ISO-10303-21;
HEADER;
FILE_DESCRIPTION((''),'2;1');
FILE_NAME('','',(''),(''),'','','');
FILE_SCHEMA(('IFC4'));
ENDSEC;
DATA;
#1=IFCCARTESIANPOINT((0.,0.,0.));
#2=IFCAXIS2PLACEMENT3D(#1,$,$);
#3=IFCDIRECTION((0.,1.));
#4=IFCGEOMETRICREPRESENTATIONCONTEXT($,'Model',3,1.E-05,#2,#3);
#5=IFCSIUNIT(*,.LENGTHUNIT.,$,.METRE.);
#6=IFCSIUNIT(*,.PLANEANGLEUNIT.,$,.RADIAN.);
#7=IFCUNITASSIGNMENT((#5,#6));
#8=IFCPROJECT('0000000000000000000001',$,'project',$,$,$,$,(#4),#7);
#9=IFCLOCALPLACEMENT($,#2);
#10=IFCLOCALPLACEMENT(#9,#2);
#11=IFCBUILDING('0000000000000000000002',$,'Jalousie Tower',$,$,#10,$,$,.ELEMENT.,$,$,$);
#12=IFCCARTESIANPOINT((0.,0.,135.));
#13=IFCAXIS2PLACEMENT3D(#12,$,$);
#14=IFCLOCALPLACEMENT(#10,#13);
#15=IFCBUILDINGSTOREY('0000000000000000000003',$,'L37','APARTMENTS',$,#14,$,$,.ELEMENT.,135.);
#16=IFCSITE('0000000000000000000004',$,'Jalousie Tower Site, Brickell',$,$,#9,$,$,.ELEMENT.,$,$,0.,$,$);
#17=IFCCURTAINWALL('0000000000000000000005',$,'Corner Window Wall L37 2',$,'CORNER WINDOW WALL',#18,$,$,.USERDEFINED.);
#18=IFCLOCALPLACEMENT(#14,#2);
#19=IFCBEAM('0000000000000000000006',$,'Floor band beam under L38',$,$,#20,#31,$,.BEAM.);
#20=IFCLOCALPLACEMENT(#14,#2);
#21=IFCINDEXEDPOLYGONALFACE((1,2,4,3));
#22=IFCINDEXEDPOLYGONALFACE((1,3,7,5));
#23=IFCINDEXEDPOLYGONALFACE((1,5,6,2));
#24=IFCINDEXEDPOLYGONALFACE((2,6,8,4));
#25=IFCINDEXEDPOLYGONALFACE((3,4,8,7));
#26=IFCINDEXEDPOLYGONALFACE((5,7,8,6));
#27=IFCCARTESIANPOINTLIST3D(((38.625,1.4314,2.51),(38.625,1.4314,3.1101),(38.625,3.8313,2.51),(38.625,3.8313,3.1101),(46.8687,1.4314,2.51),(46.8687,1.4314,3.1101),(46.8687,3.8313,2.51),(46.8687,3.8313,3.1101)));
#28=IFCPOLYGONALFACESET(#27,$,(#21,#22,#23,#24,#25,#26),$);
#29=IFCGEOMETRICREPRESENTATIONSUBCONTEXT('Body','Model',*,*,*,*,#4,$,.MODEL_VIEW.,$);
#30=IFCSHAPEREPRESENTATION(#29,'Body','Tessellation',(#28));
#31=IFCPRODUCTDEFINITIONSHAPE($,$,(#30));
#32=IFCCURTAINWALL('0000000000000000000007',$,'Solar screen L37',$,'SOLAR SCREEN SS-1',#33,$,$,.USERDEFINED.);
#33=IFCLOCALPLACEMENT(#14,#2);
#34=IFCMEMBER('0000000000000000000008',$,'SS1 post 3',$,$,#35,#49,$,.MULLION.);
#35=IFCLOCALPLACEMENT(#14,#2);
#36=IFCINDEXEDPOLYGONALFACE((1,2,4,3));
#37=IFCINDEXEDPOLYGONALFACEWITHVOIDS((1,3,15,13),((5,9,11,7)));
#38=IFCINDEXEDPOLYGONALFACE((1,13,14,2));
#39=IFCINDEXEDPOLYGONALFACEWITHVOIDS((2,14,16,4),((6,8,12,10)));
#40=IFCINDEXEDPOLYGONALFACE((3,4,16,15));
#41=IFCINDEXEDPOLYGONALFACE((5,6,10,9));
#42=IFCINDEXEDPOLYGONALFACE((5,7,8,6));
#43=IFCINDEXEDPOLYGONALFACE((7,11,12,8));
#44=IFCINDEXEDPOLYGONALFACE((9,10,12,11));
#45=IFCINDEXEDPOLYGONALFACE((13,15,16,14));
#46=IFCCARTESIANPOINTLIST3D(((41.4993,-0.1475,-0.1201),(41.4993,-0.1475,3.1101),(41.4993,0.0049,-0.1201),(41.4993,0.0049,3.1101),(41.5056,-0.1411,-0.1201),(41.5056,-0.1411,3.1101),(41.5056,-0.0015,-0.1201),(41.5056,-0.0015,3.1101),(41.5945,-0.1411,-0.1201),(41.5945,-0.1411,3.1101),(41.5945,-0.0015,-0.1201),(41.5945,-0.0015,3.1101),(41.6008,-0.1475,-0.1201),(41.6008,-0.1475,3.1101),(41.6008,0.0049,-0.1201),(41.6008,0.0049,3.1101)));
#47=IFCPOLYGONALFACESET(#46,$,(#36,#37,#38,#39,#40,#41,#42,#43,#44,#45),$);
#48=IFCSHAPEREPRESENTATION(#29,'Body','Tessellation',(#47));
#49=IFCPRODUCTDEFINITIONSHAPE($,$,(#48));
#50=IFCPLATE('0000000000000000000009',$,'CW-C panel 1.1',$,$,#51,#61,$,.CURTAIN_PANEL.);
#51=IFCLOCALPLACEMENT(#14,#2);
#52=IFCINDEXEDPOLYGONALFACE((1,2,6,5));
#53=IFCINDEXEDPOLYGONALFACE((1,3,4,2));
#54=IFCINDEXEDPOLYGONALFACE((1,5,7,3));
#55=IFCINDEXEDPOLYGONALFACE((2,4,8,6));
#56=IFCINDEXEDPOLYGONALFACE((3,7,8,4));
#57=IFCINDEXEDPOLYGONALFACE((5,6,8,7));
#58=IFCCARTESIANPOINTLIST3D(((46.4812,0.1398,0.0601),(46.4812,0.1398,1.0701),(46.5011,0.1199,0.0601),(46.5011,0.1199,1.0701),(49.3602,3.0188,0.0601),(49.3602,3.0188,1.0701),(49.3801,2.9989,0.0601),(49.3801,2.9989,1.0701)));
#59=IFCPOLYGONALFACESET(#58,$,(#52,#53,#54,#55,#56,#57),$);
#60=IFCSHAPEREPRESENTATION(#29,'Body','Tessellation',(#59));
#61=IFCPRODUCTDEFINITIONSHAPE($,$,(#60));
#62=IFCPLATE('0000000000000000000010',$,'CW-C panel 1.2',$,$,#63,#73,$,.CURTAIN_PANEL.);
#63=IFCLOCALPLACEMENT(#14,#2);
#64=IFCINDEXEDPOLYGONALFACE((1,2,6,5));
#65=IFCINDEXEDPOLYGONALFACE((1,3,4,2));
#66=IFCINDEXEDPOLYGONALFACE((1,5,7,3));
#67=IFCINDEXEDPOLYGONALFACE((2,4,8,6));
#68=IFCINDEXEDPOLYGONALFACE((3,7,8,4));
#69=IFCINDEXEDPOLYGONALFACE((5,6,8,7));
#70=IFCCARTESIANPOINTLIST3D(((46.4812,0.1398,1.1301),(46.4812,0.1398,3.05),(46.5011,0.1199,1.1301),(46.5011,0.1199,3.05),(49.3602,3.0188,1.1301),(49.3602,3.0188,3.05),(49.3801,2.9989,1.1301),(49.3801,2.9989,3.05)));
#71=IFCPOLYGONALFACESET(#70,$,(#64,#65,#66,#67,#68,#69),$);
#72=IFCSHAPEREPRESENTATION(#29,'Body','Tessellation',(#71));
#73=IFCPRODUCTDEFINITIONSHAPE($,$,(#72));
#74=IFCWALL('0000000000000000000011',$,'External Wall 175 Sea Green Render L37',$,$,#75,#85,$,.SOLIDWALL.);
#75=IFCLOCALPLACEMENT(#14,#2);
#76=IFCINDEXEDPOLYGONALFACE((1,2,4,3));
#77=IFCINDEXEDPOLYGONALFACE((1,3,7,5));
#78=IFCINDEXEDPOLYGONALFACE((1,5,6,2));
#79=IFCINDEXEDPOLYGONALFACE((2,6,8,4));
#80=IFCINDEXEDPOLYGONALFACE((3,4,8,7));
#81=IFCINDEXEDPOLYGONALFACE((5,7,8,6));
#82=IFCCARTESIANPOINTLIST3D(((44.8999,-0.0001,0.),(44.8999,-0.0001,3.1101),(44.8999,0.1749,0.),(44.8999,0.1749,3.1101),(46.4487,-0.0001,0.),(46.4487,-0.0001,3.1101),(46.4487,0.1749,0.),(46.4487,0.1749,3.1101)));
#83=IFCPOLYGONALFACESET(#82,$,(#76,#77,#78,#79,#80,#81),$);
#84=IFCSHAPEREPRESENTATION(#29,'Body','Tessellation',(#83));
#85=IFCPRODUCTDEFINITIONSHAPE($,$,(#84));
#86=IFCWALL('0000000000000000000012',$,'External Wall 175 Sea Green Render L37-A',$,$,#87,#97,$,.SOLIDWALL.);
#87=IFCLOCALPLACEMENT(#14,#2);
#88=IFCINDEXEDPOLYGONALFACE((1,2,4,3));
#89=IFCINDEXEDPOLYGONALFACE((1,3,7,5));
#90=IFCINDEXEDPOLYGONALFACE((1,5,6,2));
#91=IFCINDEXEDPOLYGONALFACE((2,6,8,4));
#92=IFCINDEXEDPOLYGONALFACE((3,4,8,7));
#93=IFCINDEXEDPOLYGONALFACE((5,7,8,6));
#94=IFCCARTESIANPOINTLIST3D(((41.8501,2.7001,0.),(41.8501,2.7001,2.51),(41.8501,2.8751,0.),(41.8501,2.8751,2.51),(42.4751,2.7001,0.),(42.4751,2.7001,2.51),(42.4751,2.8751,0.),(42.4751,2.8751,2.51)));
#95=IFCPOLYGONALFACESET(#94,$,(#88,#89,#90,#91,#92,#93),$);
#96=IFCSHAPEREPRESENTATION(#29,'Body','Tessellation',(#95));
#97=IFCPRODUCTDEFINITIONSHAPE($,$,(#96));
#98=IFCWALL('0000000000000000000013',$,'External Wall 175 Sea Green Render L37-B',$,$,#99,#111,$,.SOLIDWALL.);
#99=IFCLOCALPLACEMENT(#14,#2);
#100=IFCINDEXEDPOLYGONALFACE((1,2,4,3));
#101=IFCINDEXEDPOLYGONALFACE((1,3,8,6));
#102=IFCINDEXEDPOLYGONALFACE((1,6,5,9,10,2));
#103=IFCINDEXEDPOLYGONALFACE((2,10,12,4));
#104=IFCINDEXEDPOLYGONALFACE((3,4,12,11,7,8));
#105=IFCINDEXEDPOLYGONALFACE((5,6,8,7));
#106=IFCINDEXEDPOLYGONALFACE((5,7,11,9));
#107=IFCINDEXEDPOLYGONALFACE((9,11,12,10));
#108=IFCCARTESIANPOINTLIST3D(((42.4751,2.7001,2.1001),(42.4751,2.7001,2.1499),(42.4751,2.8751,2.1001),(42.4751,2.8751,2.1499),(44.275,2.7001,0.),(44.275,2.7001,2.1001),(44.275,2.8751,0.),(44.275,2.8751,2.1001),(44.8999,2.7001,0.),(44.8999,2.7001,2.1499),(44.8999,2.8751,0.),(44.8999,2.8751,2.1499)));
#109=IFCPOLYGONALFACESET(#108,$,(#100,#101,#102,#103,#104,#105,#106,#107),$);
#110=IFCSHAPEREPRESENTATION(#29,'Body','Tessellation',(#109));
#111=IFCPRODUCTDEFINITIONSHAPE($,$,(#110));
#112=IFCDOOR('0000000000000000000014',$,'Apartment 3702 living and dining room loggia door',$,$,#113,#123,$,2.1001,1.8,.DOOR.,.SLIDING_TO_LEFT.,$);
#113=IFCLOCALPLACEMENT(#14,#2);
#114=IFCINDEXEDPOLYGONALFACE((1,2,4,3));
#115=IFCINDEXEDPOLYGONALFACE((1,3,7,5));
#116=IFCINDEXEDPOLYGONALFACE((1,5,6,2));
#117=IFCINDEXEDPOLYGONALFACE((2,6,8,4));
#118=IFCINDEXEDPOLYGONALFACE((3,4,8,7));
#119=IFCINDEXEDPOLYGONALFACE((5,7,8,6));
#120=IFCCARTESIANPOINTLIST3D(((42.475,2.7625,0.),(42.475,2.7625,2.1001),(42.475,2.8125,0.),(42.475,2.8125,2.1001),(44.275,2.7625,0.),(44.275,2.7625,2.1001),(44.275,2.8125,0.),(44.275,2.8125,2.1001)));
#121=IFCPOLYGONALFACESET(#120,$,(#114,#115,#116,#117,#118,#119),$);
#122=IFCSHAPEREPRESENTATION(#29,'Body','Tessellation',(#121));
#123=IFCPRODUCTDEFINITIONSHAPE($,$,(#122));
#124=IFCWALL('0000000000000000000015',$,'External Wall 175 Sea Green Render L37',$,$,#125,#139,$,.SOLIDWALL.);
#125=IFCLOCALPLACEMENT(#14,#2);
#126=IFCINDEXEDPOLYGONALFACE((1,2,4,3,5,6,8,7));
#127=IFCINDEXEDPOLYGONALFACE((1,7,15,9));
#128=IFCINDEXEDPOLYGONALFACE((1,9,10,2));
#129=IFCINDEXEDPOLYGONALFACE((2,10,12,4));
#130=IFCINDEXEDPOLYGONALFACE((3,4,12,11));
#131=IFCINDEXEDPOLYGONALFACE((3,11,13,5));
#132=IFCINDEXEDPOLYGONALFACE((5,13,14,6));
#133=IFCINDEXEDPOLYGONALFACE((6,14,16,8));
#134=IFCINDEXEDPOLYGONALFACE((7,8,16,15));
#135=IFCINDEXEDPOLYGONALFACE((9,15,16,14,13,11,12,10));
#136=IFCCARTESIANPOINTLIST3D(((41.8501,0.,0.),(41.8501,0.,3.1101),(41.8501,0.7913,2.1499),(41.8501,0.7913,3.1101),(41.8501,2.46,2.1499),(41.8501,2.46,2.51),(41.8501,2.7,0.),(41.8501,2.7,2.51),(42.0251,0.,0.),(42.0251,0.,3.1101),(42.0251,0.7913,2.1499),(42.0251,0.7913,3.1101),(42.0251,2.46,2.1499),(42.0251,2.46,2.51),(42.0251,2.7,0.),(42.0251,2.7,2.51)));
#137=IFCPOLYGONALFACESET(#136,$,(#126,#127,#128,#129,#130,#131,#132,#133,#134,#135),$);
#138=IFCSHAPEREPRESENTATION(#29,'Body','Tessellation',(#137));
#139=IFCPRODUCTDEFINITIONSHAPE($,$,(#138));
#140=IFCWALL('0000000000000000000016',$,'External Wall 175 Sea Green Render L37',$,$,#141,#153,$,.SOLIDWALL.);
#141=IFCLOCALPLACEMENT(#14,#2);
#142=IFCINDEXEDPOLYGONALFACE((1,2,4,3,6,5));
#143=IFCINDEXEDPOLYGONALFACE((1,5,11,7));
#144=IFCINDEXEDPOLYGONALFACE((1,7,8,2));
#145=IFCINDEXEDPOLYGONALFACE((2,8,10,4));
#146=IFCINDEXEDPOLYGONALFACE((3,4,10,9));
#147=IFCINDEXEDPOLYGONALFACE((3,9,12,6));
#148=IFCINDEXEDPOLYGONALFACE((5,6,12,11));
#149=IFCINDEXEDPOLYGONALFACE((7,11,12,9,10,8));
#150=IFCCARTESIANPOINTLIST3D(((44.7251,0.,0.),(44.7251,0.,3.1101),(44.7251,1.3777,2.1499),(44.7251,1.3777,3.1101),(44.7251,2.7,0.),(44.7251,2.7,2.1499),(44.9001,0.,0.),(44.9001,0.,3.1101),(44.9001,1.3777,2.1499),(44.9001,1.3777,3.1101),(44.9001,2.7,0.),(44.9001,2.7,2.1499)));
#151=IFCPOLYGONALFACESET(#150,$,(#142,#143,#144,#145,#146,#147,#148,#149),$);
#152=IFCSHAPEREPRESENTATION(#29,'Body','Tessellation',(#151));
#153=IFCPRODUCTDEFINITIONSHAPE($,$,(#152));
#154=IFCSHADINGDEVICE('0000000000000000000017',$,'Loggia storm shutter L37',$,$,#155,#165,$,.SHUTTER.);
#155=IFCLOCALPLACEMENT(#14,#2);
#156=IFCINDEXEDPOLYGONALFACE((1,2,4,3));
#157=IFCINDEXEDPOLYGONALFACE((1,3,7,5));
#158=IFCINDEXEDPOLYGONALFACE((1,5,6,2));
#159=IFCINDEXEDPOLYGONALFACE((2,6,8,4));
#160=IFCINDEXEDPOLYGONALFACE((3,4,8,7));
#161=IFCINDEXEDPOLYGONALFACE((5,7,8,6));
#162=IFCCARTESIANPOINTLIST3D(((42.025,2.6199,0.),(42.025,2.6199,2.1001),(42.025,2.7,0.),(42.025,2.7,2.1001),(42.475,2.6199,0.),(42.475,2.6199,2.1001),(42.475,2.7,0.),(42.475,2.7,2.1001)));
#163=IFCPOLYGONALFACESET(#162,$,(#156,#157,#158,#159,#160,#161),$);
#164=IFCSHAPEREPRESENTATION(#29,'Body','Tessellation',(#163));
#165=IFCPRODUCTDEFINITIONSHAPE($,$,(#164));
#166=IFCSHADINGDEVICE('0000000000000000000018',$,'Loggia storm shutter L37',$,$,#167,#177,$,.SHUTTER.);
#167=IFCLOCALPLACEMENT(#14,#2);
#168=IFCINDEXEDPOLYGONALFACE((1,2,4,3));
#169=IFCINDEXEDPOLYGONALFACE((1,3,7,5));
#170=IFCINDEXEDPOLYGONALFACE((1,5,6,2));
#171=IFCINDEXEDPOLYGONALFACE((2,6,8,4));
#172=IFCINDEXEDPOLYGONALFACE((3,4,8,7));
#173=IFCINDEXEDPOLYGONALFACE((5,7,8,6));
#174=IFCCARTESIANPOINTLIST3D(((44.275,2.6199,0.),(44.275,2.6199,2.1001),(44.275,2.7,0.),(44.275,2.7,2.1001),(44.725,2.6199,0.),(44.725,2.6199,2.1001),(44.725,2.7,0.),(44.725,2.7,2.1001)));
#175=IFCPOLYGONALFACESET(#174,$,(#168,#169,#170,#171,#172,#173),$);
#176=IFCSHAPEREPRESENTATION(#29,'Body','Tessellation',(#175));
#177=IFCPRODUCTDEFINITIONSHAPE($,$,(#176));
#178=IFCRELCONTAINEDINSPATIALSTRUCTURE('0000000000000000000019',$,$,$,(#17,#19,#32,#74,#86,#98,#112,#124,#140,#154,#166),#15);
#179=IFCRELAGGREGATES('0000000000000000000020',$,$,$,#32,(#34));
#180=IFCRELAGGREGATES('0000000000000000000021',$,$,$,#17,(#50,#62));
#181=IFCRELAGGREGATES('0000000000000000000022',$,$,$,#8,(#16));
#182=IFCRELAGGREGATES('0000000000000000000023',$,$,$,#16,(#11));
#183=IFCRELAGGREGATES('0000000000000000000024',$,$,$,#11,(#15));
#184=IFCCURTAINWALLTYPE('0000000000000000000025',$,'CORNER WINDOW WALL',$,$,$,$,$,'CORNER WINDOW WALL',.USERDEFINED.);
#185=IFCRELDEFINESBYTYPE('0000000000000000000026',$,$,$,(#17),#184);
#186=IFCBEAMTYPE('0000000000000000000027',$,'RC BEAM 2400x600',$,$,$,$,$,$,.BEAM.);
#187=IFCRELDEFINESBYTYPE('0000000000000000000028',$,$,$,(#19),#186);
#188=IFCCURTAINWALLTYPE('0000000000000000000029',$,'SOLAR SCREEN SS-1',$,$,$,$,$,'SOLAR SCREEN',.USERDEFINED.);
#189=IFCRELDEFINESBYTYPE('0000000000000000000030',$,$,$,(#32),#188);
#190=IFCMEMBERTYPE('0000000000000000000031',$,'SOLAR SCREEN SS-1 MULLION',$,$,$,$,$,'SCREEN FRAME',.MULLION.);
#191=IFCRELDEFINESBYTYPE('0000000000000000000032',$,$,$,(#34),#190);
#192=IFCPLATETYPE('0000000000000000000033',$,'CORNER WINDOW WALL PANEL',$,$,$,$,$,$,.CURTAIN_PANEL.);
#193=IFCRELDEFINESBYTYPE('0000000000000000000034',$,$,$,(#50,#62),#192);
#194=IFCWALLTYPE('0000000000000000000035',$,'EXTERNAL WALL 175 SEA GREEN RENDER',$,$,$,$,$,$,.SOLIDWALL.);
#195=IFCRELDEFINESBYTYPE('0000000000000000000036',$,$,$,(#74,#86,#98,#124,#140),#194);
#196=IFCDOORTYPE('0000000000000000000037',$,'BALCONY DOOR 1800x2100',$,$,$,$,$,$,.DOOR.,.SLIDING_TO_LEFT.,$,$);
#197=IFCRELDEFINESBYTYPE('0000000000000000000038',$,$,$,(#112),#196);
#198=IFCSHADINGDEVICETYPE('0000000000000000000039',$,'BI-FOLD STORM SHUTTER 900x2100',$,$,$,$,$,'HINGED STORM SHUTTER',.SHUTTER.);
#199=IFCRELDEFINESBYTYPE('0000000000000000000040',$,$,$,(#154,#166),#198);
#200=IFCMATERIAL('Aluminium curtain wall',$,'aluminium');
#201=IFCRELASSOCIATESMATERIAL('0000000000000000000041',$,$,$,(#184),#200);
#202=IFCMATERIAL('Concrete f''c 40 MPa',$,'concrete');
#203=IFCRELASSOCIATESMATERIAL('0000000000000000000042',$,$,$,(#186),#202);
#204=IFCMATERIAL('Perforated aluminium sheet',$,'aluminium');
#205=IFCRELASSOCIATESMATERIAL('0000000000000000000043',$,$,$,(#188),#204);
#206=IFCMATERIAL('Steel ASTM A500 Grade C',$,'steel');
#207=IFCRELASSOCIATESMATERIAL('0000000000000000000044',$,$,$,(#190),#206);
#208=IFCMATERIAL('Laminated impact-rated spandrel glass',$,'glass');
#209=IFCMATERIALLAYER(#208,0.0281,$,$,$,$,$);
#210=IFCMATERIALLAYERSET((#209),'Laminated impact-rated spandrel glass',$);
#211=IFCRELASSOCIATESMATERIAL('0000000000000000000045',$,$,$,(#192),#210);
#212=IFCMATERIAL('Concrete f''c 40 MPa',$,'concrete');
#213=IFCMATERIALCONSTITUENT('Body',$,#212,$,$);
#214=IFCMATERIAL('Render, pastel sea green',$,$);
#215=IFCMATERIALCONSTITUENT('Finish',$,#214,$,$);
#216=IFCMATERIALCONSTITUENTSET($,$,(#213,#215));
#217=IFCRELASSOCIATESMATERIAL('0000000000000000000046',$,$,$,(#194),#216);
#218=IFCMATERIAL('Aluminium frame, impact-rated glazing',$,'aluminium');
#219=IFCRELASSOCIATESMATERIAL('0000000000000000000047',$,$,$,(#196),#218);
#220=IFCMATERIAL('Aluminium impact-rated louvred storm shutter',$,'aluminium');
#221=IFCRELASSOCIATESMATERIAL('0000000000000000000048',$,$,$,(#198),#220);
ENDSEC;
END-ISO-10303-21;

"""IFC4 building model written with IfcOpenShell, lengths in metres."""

from ifc_helpers import new_model, si_unit, direction, frame, frame_2d, origin, origin_2d, place, context, subcontext, project, spatial, polyline, rectangle, hollow_rectangle, outline, extrude, material, layer, layer_set, constituent, constituent_set, material_profile, profile_set, type_object, element, fill, aggregate, save


model = new_model("IFC4")

# Units and contexts
model_context = context("Model", 3, precision=1e-05, world=origin(), true_north=direction((0.0, 1.0)))
body_context = subcontext(model_context, "Body", "Model", "MODEL_VIEW")
ifc_project = project(units=[si_unit("LENGTHUNIT", "METRE"), si_unit("PLANEANGLEUNIT", "RADIAN")], contexts=[model_context])

# Site, building, storey
site_placement = place(None, origin())
site = spatial("IfcSite", under=ifc_project, at=site_placement, Name="Jalousie Tower Site, Brickell", CompositionType="ELEMENT", RefElevation=0.0)
building_placement = place(site_placement, origin())
building = spatial("IfcBuilding", under=site, at=building_placement, Name="Jalousie Tower", CompositionType="ELEMENT")
storey_placement = place(building_placement, frame((0.0, 0.0, 135.0)))
storey = spatial("IfcBuildingStorey", under=building, at=storey_placement, Name="L37", Description="APARTMENTS", CompositionType="ELEMENT", Elevation=135.0)

# Curtain wall
ifc_material_1 = material(Name="Aluminium curtain wall", Category="aluminium")
curtain_wall_type_1 = type_object("IfcCurtainWallType", Name="CORNER WINDOW WALL", ElementType="CORNER WINDOW WALL", PredefinedType="USERDEFINED", material=ifc_material_1)
curtain_wall_1_placement = place(storey_placement, origin())
curtain_wall_1 = element("IfcCurtainWall", 1, at=curtain_wall_1_placement, inside=storey, type_object=curtain_wall_type_1, Name="Corner Window Wall L37 2", ObjectType="CORNER WINDOW WALL", PredefinedType="USERDEFINED")

# Beam
ifc_material_2 = material(Name="Concrete f'c 40 MPa", Category="concrete")
ifc_material_profile_1 = material_profile(ifc_material_2, rectangle(XDim=2.3999, YDim=0.6001, at=origin_2d()), Name="RC 2400x600")
ifc_profile_set_1 = profile_set([ifc_material_profile_1], Name="Concrete f'c 40 MPa")
beam_type_1 = type_object("IfcBeamType", Name="RC BEAM 2400x600", PredefinedType="BEAM", material=ifc_profile_set_1)
beam_1_placement = place(storey_placement, frame((46.8687, 2.6313, 2.8101), z_axis=(-1.0, 0.0, 0.0), x_axis=(0.0, -1.0, 0.0)))
element("IfcBeam", 2, at=beam_1_placement, inside=storey, type_object=beam_type_1, Name="Floor band beam under L38", PredefinedType="BEAM", context=body_context, shape_type="SweptSolid", body=[
    extrude(rectangle(XDim=2.3999, YDim=0.6001, at=origin_2d()), origin(), (0.0, 0.0, 1.0), 8.2437),
])

# Curtain wall, member
ifc_material_3 = material(Name="Perforated aluminium sheet", Category="aluminium")
curtain_wall_type_2 = type_object("IfcCurtainWallType", Name="SOLAR SCREEN SS-1", ElementType="SOLAR SCREEN", PredefinedType="USERDEFINED", material=ifc_material_3)
curtain_wall_2_placement = place(storey_placement, origin())
curtain_wall_2 = element("IfcCurtainWall", 3, at=curtain_wall_2_placement, inside=storey, type_object=curtain_wall_type_2, Name="Solar screen L37", ObjectType="SOLAR SCREEN SS-1", PredefinedType="USERDEFINED")
ifc_material_4 = material(Name="Steel ASTM A500 Grade C", Category="steel")
ifc_material_profile_2 = material_profile(ifc_material_4, hollow_rectangle(XDim=0.1016, YDim=0.1523, WallThickness=0.0063, at=origin_2d()), Name="HSS6X4X1/4")
ifc_profile_set_2 = profile_set([ifc_material_profile_2], Name="Steel ASTM A500 Grade C")
member_type_1 = type_object("IfcMemberType", Name="SOLAR SCREEN SS-1 MULLION", ElementType="SCREEN FRAME", PredefinedType="MULLION", material=ifc_profile_set_2)
member_1_placement = place(storey_placement, frame((41.55, -0.0713, -0.1201), z_axis=(0.0, 0.0, 1.0), x_axis=(1.0, 0.0, 0.0)))
member_1 = element("IfcMember", 4, at=member_1_placement, type_object=member_type_1, Name="SS1 post 3", PredefinedType="MULLION", context=body_context, shape_type="SweptSolid", body=[
    extrude(hollow_rectangle(XDim=0.1016, YDim=0.1523, WallThickness=0.0063, at=origin_2d()), origin(), (0.0, 0.0, 1.0), 3.2302),
])
aggregate(curtain_wall_2, [member_1])

# Plates
ifc_material_5 = material(Name="Laminated impact-rated spandrel glass", Category="glass")
ifc_layer_1 = layer(ifc_material_5, 0.0281)
ifc_layer_set_1 = layer_set([ifc_layer_1], Name="Laminated impact-rated spandrel glass")
plate_type = type_object("IfcPlateType", Name="CORNER WINDOW WALL PANEL", PredefinedType="CURTAIN_PANEL", material=ifc_layer_set_1)
plate_1_placement = place(storey_placement, frame((47.9307, 1.5693, 0.0601), z_axis=(0.0, 0.0, 1.0), x_axis=(0.707107, 0.707107, 0.0)))
plate_1 = element("IfcPlate", 5, at=plate_1_placement, type_object=plate_type, Name="CW-C panel 1.1", PredefinedType="CURTAIN_PANEL", context=body_context, shape_type="SweptSolid", body=[
    extrude(rectangle(XDim=4.0715, YDim=0.0281, at=origin_2d()), origin(), (0.0, 0.0, 1.0), 1.01),
])
plate_2_placement = place(storey_placement, frame((47.9307, 1.5693, 1.1301), z_axis=(0.0, 0.0, 1.0), x_axis=(0.707107, 0.707107, 0.0)))
plate_2 = element("IfcPlate", 6, at=plate_2_placement, type_object=plate_type, Name="CW-C panel 1.2", PredefinedType="CURTAIN_PANEL", context=body_context, shape_type="SweptSolid", body=[
    extrude(rectangle(XDim=4.0715, YDim=0.0281, at=origin_2d()), origin(), (0.0, 0.0, 1.0), 1.9199),
])
aggregate(curtain_wall_1, [plate_1, plate_2])

# Walls
ifc_material_6 = material(Name="Concrete f'c 40 MPa", Category="concrete")
ifc_constituent_1 = constituent(ifc_material_6, Name="Body")
ifc_material_7 = material(Name="Render, pastel sea green")
ifc_constituent_2 = constituent(ifc_material_7, Name="Finish")
ifc_constituent_set = constituent_set(constituents=[ifc_constituent_1, ifc_constituent_2])
wall_type = type_object("IfcWallType", Name="EXTERNAL WALL 175 SEA GREEN RENDER", PredefinedType="SOLIDWALL", material=ifc_constituent_set)
wall_1_placement = place(storey_placement, frame((44.8999, 0.0874, 0.0), z_axis=(0.0, 0.0, 1.0), x_axis=(1.0, 0.0, 0.0)))
element("IfcWall", 7, at=wall_1_placement, inside=storey, type_object=wall_type, Name="External Wall 175 Sea Green Render L37", PredefinedType="SOLIDWALL", context=body_context, shape_type="SweptSolid", body=[
    extrude(rectangle(XDim=1.5488, YDim=0.175, at=frame_2d((0.7744, 0.0))), origin(), (0.0, 0.0, 1.0), 3.1101),
])
wall_2_placement = place(storey_placement, frame((41.8501, 2.7876, 0.0), z_axis=(0.0, 0.0, 1.0), x_axis=(1.0, 0.0, 0.0)))
element("IfcWall", 8, at=wall_2_placement, inside=storey, type_object=wall_type, Name="External Wall 175 Sea Green Render L37-A", PredefinedType="SOLIDWALL", context=body_context, shape_type="SweptSolid", body=[
    extrude(rectangle(XDim=0.625, YDim=0.175, at=frame_2d((0.3125, 0.0))), origin(), (0.0, 0.0, 1.0), 2.51),
])

# Wall, opening, door
wall_3_placement = place(storey_placement, frame((42.4751, 2.7876, 0.0), z_axis=(0.0, 0.0, 1.0), x_axis=(1.0, 0.0, 0.0)))
wall_3 = element("IfcWall", 9, at=wall_3_placement, inside=storey, type_object=wall_type, Name="External Wall 175 Sea Green Render L37-B", PredefinedType="SOLIDWALL", context=body_context, shape_type="SweptSolid", body=[
    extrude(rectangle(XDim=2.4248, YDim=0.175, at=frame_2d((1.2124, 0.0))), origin(), (0.0, 0.0, 1.0), 2.1499),
])
opening_placement = place(wall_3_placement, origin())
opening = element("IfcOpeningElement", 10, at=opening_placement, cuts=wall_3, PredefinedType="OPENING", context=body_context, shape_type="SweptSolid", body=[
    extrude(rectangle(XDim=1.8, YDim=2.1001, at=frame_2d((0.8999, 1.05))), frame((0.0, 0.0974, 0.0), z_axis=(0.0, -1.0, 0.0), x_axis=(1.0, 0.0, 0.0)), (0.0, 0.0, 1.0), 0.1951),
])
ifc_material_8 = material(Name="Aluminium frame, impact-rated glazing", Category="aluminium")
door_type = type_object("IfcDoorType", Name="BALCONY DOOR 1800x2100", OperationType="SLIDING_TO_LEFT", PredefinedType="DOOR", material=ifc_material_8)
door_placement = place(opening_placement, origin())
door = element("IfcDoor", 11, at=door_placement, inside=storey, type_object=door_type, Name="Apartment 3702 living and dining room loggia door", OperationType="SLIDING_TO_LEFT", OverallHeight=2.1001, OverallWidth=1.8, PredefinedType="DOOR", context=body_context, shape_type="SweptSolid", body=[
    extrude(rectangle(XDim=1.8, YDim=2.1001, at=frame_2d((0.8999, 1.05))), frame((0.0, 0.0249, 0.0), z_axis=(0.0, -1.0, 0.0), x_axis=(1.0, 0.0, 0.0)), (0.0, 0.0, 1.0), 0.05),
])
fill(opening, door)

# Walls
wall_4_placement = place(storey_placement, frame((41.9375, 0.0, 0.0), z_axis=(0.0, 0.0, 1.0), x_axis=(0.0, 1.0, 0.0)))
element("IfcWall", 12, at=wall_4_placement, inside=storey, type_object=wall_type, Name="External Wall 175 Sea Green Render L37", PredefinedType="SOLIDWALL", context=body_context, shape_type="SweptSolid", body=[
    extrude(outline(polyline([(0.0, 0.0), (2.7, 0.0), (2.7, 2.51), (2.46, 2.51), (2.46, 2.1499), (0.7913, 2.1499), (0.7913, 3.1101), (0.0, 3.1101), (0.0, 0.0)])), frame((0.0, 0.0874, 0.0), z_axis=(0.0, -1.0, 0.0), x_axis=(1.0, 0.0, 0.0)), (0.0, 0.0, 1.0), 0.175),
])
wall_5_placement = place(storey_placement, frame((44.8125, 0.0, 0.0), z_axis=(0.0, 0.0, 1.0), x_axis=(0.0, 1.0, 0.0)))
element("IfcWall", 13, at=wall_5_placement, inside=storey, type_object=wall_type, Name="External Wall 175 Sea Green Render L37", PredefinedType="SOLIDWALL", context=body_context, shape_type="SweptSolid", body=[
    extrude(outline(polyline([(0.0, 0.0), (2.7, 0.0), (2.7, 2.1499), (1.3777, 2.1499), (1.3777, 3.1101), (0.0, 3.1101), (0.0, 0.0)])), frame((0.0, 0.0874, 0.0), z_axis=(0.0, -1.0, 0.0), x_axis=(1.0, 0.0, 0.0)), (0.0, 0.0, 1.0), 0.175),
])

# Shading devices
ifc_material_9 = material(Name="Aluminium impact-rated louvred storm shutter", Category="aluminium")
shading_device_type_1 = type_object("IfcShadingDeviceType", Name="BI-FOLD STORM SHUTTER 900x2100", ElementType="HINGED STORM SHUTTER", PredefinedType="SHUTTER", material=ifc_material_9)
for number, where, z_axis, x_axis, name in (
    (14, (42.25, 2.6599, 0.0), (0.0, 0.0, 1.0), (1.0, 0.0, 0.0), "Loggia storm shutter L37"),
    (15, (44.5, 2.6599, 0.0), (0.0, 0.0, 1.0), (1.0, 0.0, 0.0), "Loggia storm shutter L37"),
):
    element("IfcShadingDevice", number, at=place(storey_placement, frame(where, z_axis=z_axis, x_axis=x_axis)), inside=storey, type_object=shading_device_type_1, Name=name, PredefinedType="SHUTTER", context=body_context, shape_type="SweptSolid", body=[
        extrude(rectangle(XDim=0.45, YDim=0.0801, at=origin_2d()), origin(), (0.0, 0.0, 1.0), 2.1001),
    ])

save(model, "model.ifc")
